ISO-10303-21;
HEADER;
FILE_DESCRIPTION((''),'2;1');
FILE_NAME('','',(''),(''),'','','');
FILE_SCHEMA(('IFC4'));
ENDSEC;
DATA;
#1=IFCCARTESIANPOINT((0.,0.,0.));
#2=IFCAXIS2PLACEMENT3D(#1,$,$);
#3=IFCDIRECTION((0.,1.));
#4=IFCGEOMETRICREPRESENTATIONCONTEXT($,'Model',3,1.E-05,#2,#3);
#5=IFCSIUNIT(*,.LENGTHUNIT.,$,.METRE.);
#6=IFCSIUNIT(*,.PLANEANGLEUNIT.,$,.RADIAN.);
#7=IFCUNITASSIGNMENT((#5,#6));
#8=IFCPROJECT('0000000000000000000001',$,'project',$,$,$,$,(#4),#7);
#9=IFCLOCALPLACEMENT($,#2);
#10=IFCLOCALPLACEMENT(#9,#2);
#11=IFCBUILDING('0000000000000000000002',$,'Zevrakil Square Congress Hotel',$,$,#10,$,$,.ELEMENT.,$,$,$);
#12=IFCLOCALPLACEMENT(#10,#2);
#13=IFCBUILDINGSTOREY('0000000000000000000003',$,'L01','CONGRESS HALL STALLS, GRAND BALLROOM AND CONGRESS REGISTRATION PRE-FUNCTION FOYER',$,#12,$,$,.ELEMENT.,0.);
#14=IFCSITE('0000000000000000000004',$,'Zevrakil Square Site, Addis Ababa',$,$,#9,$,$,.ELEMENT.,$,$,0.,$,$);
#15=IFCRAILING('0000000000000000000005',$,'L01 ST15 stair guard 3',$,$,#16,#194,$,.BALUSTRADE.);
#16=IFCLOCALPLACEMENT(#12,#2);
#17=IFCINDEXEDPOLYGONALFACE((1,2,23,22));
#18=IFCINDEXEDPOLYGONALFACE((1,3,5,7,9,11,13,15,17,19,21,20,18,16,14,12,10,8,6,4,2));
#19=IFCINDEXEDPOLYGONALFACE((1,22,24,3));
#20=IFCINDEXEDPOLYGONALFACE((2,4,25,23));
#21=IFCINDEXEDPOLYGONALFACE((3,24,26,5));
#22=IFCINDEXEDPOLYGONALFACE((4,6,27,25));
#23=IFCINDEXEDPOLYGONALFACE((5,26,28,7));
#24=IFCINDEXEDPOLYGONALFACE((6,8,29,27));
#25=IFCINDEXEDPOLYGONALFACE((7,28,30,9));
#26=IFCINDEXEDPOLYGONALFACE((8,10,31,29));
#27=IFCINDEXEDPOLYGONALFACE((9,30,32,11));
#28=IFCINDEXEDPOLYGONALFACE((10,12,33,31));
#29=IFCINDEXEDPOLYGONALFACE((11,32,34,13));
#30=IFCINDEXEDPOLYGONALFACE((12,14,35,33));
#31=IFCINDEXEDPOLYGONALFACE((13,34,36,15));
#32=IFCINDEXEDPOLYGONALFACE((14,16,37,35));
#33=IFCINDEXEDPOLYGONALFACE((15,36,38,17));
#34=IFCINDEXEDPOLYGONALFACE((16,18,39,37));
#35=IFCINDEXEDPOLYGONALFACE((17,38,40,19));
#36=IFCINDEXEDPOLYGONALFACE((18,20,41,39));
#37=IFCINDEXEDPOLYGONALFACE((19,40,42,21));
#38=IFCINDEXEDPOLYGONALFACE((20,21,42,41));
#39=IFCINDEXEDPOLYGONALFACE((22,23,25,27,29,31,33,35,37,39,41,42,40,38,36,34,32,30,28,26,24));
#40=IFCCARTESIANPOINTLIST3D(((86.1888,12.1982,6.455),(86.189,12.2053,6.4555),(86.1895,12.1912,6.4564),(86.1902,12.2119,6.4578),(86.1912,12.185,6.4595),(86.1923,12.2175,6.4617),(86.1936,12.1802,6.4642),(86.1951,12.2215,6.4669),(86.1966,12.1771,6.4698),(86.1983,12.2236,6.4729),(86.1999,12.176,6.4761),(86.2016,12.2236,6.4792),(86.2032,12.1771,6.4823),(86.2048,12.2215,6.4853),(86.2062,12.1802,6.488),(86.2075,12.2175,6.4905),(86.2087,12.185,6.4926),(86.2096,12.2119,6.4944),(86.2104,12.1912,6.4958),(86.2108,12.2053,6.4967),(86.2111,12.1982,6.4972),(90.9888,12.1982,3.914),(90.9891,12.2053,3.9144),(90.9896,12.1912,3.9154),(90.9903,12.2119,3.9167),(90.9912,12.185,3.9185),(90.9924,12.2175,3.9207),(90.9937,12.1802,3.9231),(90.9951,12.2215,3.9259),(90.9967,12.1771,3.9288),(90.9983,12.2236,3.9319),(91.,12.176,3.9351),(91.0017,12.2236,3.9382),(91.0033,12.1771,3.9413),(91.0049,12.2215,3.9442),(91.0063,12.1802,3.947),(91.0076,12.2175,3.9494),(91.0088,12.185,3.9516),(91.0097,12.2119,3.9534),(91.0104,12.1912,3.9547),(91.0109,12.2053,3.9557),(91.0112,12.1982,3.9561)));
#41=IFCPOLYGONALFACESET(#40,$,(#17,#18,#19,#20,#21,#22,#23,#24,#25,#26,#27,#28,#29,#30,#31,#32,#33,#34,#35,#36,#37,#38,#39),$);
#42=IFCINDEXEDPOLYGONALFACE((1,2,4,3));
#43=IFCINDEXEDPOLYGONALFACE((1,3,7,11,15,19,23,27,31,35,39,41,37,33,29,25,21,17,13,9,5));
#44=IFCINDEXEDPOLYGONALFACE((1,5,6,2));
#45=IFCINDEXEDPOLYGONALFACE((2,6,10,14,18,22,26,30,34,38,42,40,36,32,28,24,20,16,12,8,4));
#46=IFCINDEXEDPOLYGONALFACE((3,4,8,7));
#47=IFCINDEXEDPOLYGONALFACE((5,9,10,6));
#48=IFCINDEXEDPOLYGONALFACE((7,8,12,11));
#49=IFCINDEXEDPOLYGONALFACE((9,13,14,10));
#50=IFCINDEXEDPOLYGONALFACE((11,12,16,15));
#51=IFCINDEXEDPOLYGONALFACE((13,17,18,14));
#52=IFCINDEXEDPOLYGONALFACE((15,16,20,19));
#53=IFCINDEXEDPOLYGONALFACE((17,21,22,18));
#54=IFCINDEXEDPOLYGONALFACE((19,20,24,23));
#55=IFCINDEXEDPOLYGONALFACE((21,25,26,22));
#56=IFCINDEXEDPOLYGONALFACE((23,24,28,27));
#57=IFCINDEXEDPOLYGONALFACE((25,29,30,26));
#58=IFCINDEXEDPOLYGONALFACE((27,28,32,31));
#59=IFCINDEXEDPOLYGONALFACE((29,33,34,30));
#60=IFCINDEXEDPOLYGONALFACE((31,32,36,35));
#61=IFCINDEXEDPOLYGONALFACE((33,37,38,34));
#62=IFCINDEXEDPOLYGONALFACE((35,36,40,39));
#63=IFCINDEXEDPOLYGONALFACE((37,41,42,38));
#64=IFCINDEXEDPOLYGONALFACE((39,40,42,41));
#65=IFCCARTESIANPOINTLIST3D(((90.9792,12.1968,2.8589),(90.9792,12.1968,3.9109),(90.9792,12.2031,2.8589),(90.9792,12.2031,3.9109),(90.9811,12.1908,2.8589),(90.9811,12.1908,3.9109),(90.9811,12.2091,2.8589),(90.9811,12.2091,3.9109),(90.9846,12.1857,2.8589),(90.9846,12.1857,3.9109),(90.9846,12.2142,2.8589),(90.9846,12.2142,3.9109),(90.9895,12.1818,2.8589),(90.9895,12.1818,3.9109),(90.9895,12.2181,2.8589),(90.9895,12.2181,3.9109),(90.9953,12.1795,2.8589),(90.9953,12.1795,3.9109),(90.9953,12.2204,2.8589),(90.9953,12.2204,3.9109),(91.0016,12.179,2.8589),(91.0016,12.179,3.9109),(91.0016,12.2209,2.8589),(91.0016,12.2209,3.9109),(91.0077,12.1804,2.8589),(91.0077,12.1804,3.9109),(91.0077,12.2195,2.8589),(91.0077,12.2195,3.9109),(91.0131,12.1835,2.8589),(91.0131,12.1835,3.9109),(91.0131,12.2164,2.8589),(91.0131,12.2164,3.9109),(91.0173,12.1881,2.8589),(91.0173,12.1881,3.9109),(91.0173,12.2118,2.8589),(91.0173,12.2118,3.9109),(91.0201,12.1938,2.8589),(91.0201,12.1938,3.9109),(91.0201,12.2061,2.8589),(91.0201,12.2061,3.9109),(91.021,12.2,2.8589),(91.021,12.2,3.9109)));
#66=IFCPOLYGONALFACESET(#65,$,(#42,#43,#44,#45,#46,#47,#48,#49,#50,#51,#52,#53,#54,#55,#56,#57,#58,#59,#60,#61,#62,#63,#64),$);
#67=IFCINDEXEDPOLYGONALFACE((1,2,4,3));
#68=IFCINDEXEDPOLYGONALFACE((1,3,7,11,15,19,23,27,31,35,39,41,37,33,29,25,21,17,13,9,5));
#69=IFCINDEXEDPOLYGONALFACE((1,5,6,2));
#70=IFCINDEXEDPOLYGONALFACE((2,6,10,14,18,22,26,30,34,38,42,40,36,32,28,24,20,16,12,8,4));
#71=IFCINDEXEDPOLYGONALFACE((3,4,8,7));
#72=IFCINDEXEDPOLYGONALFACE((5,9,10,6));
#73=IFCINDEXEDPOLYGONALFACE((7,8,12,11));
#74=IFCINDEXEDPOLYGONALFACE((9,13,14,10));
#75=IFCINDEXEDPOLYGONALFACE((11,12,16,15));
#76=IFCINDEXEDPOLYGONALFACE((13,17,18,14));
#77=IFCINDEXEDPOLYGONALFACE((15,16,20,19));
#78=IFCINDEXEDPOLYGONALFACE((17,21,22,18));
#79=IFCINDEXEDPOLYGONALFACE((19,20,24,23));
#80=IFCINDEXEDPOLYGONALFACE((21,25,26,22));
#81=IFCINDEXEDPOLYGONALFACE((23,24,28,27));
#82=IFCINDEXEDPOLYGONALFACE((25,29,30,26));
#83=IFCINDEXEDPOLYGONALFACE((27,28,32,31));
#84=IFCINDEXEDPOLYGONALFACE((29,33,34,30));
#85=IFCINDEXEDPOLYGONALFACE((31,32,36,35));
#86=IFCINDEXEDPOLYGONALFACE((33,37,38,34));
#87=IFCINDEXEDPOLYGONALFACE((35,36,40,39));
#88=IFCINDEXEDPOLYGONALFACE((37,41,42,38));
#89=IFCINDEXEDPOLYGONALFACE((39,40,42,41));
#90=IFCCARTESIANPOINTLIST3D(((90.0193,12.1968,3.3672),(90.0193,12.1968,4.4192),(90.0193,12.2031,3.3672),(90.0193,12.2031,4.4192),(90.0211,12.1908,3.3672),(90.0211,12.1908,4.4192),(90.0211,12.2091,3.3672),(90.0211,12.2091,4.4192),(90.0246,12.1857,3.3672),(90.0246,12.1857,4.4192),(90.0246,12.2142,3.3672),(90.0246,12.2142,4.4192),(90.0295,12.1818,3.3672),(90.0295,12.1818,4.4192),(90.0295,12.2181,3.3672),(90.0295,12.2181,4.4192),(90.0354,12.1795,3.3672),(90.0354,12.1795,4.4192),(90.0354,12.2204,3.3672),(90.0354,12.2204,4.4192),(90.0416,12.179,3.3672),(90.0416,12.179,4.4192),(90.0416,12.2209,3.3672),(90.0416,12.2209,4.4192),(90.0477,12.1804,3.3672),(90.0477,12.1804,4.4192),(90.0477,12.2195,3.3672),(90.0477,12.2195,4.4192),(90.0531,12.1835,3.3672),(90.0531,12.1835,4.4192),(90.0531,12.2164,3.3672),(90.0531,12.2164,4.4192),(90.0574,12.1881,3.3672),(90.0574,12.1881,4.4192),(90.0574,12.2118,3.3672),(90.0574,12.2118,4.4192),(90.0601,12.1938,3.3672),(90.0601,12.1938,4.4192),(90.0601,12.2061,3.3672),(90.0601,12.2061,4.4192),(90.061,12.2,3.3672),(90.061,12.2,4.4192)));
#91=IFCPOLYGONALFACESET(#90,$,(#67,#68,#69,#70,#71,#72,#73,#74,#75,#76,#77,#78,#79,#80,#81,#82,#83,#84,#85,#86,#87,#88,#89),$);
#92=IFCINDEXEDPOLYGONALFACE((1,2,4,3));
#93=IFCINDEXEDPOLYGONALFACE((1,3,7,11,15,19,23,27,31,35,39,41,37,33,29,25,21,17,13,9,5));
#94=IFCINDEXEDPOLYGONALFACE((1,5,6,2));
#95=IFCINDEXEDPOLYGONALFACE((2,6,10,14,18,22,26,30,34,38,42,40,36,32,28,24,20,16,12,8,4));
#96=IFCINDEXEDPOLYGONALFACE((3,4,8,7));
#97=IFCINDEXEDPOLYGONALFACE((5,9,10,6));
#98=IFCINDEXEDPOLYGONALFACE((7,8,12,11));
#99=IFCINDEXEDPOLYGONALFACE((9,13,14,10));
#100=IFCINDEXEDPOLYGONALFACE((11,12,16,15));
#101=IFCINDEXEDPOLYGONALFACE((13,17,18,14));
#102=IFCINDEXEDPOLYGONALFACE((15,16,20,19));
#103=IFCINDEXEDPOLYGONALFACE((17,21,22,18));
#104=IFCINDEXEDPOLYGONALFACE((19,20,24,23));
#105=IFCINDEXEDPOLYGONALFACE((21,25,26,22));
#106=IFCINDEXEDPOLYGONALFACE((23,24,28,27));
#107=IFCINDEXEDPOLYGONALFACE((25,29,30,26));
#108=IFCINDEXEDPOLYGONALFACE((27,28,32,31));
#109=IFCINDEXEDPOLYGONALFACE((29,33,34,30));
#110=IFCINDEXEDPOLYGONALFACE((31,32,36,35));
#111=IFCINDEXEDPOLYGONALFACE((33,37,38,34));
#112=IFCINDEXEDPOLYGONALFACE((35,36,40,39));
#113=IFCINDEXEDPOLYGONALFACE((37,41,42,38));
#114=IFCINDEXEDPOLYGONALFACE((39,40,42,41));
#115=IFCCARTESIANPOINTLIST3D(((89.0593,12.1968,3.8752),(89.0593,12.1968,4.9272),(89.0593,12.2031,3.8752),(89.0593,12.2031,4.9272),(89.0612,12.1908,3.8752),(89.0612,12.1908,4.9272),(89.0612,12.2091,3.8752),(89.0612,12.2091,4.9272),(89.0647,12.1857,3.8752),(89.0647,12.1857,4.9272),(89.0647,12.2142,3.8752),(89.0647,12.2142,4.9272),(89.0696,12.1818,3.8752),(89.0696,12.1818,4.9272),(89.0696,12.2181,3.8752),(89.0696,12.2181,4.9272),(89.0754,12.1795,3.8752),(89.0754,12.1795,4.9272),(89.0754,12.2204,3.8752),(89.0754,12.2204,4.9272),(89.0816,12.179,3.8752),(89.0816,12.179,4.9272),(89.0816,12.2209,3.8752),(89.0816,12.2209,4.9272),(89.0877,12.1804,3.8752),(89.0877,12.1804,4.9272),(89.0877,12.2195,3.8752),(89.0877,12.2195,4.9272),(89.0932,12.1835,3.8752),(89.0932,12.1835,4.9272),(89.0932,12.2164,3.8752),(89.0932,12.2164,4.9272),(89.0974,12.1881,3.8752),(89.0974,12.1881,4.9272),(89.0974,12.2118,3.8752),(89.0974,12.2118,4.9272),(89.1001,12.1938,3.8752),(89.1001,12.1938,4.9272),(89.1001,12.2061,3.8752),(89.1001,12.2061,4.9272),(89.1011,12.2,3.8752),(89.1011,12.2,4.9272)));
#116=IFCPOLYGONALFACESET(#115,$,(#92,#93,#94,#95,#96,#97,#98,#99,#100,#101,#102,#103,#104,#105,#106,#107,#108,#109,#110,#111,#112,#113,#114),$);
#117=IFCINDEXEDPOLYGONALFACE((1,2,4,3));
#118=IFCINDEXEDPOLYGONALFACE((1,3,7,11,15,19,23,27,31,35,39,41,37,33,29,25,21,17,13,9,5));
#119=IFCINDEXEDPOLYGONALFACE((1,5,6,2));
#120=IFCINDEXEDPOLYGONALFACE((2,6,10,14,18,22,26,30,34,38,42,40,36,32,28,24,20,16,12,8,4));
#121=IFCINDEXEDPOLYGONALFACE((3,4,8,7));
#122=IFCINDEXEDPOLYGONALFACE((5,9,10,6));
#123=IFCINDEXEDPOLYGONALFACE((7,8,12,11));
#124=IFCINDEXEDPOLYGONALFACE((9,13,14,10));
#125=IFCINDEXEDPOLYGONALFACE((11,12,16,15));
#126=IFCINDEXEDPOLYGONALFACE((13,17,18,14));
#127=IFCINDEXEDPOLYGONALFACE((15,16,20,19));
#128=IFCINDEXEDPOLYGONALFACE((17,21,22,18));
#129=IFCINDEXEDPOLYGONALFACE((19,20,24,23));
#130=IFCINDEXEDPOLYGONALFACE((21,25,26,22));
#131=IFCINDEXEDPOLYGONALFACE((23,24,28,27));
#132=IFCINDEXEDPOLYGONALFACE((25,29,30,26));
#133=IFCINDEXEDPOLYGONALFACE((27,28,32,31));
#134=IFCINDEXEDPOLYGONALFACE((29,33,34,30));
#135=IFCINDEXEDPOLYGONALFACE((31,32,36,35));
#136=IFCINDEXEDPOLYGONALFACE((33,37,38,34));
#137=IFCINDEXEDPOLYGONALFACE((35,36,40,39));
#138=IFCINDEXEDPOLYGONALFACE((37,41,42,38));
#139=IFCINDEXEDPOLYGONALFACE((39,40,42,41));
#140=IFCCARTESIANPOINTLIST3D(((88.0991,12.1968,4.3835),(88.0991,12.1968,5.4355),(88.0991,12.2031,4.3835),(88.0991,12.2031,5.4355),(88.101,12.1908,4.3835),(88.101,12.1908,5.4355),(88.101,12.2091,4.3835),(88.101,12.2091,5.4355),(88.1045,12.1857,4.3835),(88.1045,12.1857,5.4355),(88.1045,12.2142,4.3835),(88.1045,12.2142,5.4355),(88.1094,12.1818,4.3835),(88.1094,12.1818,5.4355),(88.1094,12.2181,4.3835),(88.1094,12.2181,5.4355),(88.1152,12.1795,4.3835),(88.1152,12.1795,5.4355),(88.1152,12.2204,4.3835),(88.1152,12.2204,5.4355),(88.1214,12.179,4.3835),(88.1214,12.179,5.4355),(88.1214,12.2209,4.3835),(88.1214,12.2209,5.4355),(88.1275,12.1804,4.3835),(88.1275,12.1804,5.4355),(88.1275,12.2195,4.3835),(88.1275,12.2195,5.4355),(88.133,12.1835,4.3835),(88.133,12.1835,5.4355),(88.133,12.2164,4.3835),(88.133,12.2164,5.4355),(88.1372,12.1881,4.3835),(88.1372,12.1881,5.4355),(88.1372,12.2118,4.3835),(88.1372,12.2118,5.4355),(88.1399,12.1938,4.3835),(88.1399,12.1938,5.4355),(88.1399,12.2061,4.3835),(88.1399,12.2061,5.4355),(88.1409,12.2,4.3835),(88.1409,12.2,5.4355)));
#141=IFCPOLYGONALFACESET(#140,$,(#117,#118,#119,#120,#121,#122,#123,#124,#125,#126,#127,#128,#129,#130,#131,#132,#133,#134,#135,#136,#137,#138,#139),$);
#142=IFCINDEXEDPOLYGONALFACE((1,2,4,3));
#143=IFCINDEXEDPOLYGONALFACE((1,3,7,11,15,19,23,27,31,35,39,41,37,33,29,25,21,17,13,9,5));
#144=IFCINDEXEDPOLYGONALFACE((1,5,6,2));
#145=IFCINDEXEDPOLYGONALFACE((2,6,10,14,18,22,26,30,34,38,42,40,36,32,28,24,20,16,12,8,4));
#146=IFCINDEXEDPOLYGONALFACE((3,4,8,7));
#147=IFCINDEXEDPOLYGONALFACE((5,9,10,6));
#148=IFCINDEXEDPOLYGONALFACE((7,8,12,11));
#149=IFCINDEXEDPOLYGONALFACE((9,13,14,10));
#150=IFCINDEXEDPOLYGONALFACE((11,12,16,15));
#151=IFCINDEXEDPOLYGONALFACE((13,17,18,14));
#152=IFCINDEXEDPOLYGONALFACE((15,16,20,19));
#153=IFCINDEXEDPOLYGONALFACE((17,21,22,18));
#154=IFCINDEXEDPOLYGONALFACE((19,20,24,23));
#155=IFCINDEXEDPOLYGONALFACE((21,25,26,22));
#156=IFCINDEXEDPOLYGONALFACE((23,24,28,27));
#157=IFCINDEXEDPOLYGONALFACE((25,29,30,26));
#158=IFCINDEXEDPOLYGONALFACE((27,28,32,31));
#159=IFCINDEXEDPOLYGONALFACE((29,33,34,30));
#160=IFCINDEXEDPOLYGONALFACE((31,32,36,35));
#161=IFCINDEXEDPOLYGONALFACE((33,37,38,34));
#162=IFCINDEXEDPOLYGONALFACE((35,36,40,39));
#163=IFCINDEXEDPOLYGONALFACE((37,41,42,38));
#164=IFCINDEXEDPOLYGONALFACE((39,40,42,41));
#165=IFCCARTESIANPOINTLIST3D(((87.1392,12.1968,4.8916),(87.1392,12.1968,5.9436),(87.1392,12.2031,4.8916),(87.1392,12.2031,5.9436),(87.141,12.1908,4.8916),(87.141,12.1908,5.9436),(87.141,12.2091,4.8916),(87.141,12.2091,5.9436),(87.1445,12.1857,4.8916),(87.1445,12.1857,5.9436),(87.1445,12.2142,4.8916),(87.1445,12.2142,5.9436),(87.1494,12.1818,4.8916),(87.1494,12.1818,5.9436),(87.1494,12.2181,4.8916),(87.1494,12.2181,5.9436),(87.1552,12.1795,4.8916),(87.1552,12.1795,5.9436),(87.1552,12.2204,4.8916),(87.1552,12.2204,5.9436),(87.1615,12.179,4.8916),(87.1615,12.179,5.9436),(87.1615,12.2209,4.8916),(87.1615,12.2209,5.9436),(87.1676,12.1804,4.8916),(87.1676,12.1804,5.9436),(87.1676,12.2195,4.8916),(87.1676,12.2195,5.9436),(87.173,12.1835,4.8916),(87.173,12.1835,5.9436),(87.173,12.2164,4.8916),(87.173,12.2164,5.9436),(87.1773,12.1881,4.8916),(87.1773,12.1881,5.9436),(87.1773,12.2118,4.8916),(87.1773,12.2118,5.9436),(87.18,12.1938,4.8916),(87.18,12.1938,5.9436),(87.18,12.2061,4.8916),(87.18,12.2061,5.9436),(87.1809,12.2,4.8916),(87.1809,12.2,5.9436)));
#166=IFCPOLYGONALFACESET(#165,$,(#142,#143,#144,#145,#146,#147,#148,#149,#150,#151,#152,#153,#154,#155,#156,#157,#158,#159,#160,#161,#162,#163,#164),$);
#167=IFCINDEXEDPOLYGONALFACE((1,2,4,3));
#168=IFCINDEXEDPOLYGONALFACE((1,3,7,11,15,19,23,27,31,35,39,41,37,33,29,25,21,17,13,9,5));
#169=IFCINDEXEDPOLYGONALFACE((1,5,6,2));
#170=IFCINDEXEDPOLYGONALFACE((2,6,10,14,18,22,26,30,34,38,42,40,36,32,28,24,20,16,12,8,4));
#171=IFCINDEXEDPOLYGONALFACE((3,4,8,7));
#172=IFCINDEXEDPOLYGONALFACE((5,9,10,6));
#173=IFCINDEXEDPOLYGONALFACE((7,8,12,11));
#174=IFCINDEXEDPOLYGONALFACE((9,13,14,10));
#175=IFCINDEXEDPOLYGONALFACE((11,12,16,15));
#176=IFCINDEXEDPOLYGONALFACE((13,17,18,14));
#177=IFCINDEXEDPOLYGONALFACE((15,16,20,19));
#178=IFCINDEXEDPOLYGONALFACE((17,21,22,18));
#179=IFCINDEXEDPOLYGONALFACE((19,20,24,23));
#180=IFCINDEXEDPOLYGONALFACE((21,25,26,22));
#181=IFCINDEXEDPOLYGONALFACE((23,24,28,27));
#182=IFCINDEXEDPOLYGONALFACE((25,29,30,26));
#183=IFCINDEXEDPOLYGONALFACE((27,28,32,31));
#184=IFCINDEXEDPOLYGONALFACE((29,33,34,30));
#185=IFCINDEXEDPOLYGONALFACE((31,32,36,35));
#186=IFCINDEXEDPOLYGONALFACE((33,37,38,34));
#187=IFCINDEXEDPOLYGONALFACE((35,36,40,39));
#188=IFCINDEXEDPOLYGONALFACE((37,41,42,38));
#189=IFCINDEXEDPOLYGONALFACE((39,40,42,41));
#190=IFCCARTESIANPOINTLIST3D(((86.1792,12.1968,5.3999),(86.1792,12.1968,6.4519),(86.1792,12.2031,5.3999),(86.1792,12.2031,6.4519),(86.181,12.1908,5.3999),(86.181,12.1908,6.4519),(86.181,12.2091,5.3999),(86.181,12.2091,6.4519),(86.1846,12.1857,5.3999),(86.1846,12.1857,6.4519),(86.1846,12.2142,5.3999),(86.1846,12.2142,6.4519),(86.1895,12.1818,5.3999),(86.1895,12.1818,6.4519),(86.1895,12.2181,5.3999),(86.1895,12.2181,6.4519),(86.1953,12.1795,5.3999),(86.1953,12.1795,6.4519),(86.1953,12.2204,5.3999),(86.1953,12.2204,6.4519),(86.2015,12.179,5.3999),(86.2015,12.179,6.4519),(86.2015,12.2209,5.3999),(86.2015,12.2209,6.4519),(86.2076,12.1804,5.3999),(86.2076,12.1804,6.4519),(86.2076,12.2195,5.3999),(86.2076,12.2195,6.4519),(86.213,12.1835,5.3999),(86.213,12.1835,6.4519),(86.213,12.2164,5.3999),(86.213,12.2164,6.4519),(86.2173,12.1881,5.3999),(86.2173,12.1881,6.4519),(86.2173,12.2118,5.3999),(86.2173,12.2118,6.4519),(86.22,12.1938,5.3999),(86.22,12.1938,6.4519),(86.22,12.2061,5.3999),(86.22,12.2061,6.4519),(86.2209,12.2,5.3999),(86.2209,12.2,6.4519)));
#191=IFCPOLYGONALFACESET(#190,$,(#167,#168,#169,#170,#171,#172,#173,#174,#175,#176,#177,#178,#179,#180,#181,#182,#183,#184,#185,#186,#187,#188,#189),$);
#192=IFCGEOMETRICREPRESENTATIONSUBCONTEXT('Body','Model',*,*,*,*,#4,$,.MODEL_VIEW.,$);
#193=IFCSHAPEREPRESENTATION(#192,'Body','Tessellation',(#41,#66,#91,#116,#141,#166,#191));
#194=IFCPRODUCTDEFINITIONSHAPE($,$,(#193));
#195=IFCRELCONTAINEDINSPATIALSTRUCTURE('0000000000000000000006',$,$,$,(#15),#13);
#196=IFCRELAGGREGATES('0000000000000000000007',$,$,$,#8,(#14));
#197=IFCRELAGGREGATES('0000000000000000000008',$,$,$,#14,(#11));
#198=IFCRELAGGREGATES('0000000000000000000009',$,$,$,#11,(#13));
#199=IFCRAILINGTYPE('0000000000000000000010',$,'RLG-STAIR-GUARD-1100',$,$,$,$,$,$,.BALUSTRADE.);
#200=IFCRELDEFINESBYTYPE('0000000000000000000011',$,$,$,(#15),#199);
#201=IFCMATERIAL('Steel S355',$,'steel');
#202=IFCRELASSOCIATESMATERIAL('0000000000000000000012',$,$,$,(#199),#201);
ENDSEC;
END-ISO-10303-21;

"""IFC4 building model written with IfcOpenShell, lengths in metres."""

from ifc_helpers import new_model, si_unit, direction, frame, origin, origin_2d, place, context, subcontext, project, spatial, circle, extrude, material, type_object, element, save


model = new_model("IFC4")

# Units and contexts
model_context = context("Model", 3, precision=1e-05, world=origin(), true_north=direction((0.0, 1.0)))
body_context = subcontext(model_context, "Body", "Model", "MODEL_VIEW")
ifc_project = project(units=[si_unit("LENGTHUNIT", "METRE"), si_unit("PLANEANGLEUNIT", "RADIAN")], contexts=[model_context])

# Site, building, storey
site_placement = place(None, origin())
site = spatial("IfcSite", under=ifc_project, at=site_placement, Name="Zevrakil Square Site, Addis Ababa", CompositionType="ELEMENT", RefElevation=0.0)
building_placement = place(site_placement, origin())
building = spatial("IfcBuilding", under=site, at=building_placement, Name="Zevrakil Square Congress Hotel", CompositionType="ELEMENT")
storey_placement = place(building_placement, origin())
storey = spatial("IfcBuildingStorey", under=building, at=storey_placement, Name="L01", Description="CONGRESS HALL STALLS, GRAND BALLROOM AND CONGRESS REGISTRATION PRE-FUNCTION FOYER", CompositionType="ELEMENT", Elevation=0.0)

# Railing
ifc_material_1 = material(Name="Steel S355", Category="steel")
railing_type_1 = type_object("IfcRailingType", Name="RLG-STAIR-GUARD-1100", PredefinedType="BALUSTRADE", material=ifc_material_1)
railing_1_placement = place(storey_placement, frame((91.0, 12.2, 2.8589)))
element("IfcRailing", 1, at=railing_1_placement, inside=storey, type_object=railing_type_1, Name="L01 ST15 stair guard 3", PredefinedType="BALUSTRADE", context=body_context, shape_type="SweptSolid", body=[
    extrude(circle(Radius=0.0239, at=origin_2d()), frame((0.0, 0.0, 1.0762), z_axis=(-0.883802, 0.0, 0.467861), x_axis=(0.0, -1.0, 0.0)), (0.0, 0.0, 1.0), 5.4312),
    extrude(circle(Radius=0.021, at=origin_2d()), origin(), (0.0, 0.0, 1.0), 1.052),
    extrude(circle(Radius=0.021, at=origin_2d()), frame((-0.96, 0.0, 0.5083)), (0.0, 0.0, 1.0), 1.052),
    extrude(circle(Radius=0.021, at=origin_2d()), frame((-1.9199, 0.0, 1.0164)), (0.0, 0.0, 1.0), 1.052),
    extrude(circle(Radius=0.021, at=origin_2d()), frame((-2.8801, 0.0, 1.5247)), (0.0, 0.0, 1.0), 1.052),
    extrude(circle(Radius=0.021, at=origin_2d()), frame((-3.8401, 0.0, 2.0327)), (0.0, 0.0, 1.0), 1.052),
    extrude(circle(Radius=0.021, at=origin_2d()), frame((-4.8, 0.0, 2.541)), (0.0, 0.0, 1.0), 1.052),
])

save(model, "model.ifc")
